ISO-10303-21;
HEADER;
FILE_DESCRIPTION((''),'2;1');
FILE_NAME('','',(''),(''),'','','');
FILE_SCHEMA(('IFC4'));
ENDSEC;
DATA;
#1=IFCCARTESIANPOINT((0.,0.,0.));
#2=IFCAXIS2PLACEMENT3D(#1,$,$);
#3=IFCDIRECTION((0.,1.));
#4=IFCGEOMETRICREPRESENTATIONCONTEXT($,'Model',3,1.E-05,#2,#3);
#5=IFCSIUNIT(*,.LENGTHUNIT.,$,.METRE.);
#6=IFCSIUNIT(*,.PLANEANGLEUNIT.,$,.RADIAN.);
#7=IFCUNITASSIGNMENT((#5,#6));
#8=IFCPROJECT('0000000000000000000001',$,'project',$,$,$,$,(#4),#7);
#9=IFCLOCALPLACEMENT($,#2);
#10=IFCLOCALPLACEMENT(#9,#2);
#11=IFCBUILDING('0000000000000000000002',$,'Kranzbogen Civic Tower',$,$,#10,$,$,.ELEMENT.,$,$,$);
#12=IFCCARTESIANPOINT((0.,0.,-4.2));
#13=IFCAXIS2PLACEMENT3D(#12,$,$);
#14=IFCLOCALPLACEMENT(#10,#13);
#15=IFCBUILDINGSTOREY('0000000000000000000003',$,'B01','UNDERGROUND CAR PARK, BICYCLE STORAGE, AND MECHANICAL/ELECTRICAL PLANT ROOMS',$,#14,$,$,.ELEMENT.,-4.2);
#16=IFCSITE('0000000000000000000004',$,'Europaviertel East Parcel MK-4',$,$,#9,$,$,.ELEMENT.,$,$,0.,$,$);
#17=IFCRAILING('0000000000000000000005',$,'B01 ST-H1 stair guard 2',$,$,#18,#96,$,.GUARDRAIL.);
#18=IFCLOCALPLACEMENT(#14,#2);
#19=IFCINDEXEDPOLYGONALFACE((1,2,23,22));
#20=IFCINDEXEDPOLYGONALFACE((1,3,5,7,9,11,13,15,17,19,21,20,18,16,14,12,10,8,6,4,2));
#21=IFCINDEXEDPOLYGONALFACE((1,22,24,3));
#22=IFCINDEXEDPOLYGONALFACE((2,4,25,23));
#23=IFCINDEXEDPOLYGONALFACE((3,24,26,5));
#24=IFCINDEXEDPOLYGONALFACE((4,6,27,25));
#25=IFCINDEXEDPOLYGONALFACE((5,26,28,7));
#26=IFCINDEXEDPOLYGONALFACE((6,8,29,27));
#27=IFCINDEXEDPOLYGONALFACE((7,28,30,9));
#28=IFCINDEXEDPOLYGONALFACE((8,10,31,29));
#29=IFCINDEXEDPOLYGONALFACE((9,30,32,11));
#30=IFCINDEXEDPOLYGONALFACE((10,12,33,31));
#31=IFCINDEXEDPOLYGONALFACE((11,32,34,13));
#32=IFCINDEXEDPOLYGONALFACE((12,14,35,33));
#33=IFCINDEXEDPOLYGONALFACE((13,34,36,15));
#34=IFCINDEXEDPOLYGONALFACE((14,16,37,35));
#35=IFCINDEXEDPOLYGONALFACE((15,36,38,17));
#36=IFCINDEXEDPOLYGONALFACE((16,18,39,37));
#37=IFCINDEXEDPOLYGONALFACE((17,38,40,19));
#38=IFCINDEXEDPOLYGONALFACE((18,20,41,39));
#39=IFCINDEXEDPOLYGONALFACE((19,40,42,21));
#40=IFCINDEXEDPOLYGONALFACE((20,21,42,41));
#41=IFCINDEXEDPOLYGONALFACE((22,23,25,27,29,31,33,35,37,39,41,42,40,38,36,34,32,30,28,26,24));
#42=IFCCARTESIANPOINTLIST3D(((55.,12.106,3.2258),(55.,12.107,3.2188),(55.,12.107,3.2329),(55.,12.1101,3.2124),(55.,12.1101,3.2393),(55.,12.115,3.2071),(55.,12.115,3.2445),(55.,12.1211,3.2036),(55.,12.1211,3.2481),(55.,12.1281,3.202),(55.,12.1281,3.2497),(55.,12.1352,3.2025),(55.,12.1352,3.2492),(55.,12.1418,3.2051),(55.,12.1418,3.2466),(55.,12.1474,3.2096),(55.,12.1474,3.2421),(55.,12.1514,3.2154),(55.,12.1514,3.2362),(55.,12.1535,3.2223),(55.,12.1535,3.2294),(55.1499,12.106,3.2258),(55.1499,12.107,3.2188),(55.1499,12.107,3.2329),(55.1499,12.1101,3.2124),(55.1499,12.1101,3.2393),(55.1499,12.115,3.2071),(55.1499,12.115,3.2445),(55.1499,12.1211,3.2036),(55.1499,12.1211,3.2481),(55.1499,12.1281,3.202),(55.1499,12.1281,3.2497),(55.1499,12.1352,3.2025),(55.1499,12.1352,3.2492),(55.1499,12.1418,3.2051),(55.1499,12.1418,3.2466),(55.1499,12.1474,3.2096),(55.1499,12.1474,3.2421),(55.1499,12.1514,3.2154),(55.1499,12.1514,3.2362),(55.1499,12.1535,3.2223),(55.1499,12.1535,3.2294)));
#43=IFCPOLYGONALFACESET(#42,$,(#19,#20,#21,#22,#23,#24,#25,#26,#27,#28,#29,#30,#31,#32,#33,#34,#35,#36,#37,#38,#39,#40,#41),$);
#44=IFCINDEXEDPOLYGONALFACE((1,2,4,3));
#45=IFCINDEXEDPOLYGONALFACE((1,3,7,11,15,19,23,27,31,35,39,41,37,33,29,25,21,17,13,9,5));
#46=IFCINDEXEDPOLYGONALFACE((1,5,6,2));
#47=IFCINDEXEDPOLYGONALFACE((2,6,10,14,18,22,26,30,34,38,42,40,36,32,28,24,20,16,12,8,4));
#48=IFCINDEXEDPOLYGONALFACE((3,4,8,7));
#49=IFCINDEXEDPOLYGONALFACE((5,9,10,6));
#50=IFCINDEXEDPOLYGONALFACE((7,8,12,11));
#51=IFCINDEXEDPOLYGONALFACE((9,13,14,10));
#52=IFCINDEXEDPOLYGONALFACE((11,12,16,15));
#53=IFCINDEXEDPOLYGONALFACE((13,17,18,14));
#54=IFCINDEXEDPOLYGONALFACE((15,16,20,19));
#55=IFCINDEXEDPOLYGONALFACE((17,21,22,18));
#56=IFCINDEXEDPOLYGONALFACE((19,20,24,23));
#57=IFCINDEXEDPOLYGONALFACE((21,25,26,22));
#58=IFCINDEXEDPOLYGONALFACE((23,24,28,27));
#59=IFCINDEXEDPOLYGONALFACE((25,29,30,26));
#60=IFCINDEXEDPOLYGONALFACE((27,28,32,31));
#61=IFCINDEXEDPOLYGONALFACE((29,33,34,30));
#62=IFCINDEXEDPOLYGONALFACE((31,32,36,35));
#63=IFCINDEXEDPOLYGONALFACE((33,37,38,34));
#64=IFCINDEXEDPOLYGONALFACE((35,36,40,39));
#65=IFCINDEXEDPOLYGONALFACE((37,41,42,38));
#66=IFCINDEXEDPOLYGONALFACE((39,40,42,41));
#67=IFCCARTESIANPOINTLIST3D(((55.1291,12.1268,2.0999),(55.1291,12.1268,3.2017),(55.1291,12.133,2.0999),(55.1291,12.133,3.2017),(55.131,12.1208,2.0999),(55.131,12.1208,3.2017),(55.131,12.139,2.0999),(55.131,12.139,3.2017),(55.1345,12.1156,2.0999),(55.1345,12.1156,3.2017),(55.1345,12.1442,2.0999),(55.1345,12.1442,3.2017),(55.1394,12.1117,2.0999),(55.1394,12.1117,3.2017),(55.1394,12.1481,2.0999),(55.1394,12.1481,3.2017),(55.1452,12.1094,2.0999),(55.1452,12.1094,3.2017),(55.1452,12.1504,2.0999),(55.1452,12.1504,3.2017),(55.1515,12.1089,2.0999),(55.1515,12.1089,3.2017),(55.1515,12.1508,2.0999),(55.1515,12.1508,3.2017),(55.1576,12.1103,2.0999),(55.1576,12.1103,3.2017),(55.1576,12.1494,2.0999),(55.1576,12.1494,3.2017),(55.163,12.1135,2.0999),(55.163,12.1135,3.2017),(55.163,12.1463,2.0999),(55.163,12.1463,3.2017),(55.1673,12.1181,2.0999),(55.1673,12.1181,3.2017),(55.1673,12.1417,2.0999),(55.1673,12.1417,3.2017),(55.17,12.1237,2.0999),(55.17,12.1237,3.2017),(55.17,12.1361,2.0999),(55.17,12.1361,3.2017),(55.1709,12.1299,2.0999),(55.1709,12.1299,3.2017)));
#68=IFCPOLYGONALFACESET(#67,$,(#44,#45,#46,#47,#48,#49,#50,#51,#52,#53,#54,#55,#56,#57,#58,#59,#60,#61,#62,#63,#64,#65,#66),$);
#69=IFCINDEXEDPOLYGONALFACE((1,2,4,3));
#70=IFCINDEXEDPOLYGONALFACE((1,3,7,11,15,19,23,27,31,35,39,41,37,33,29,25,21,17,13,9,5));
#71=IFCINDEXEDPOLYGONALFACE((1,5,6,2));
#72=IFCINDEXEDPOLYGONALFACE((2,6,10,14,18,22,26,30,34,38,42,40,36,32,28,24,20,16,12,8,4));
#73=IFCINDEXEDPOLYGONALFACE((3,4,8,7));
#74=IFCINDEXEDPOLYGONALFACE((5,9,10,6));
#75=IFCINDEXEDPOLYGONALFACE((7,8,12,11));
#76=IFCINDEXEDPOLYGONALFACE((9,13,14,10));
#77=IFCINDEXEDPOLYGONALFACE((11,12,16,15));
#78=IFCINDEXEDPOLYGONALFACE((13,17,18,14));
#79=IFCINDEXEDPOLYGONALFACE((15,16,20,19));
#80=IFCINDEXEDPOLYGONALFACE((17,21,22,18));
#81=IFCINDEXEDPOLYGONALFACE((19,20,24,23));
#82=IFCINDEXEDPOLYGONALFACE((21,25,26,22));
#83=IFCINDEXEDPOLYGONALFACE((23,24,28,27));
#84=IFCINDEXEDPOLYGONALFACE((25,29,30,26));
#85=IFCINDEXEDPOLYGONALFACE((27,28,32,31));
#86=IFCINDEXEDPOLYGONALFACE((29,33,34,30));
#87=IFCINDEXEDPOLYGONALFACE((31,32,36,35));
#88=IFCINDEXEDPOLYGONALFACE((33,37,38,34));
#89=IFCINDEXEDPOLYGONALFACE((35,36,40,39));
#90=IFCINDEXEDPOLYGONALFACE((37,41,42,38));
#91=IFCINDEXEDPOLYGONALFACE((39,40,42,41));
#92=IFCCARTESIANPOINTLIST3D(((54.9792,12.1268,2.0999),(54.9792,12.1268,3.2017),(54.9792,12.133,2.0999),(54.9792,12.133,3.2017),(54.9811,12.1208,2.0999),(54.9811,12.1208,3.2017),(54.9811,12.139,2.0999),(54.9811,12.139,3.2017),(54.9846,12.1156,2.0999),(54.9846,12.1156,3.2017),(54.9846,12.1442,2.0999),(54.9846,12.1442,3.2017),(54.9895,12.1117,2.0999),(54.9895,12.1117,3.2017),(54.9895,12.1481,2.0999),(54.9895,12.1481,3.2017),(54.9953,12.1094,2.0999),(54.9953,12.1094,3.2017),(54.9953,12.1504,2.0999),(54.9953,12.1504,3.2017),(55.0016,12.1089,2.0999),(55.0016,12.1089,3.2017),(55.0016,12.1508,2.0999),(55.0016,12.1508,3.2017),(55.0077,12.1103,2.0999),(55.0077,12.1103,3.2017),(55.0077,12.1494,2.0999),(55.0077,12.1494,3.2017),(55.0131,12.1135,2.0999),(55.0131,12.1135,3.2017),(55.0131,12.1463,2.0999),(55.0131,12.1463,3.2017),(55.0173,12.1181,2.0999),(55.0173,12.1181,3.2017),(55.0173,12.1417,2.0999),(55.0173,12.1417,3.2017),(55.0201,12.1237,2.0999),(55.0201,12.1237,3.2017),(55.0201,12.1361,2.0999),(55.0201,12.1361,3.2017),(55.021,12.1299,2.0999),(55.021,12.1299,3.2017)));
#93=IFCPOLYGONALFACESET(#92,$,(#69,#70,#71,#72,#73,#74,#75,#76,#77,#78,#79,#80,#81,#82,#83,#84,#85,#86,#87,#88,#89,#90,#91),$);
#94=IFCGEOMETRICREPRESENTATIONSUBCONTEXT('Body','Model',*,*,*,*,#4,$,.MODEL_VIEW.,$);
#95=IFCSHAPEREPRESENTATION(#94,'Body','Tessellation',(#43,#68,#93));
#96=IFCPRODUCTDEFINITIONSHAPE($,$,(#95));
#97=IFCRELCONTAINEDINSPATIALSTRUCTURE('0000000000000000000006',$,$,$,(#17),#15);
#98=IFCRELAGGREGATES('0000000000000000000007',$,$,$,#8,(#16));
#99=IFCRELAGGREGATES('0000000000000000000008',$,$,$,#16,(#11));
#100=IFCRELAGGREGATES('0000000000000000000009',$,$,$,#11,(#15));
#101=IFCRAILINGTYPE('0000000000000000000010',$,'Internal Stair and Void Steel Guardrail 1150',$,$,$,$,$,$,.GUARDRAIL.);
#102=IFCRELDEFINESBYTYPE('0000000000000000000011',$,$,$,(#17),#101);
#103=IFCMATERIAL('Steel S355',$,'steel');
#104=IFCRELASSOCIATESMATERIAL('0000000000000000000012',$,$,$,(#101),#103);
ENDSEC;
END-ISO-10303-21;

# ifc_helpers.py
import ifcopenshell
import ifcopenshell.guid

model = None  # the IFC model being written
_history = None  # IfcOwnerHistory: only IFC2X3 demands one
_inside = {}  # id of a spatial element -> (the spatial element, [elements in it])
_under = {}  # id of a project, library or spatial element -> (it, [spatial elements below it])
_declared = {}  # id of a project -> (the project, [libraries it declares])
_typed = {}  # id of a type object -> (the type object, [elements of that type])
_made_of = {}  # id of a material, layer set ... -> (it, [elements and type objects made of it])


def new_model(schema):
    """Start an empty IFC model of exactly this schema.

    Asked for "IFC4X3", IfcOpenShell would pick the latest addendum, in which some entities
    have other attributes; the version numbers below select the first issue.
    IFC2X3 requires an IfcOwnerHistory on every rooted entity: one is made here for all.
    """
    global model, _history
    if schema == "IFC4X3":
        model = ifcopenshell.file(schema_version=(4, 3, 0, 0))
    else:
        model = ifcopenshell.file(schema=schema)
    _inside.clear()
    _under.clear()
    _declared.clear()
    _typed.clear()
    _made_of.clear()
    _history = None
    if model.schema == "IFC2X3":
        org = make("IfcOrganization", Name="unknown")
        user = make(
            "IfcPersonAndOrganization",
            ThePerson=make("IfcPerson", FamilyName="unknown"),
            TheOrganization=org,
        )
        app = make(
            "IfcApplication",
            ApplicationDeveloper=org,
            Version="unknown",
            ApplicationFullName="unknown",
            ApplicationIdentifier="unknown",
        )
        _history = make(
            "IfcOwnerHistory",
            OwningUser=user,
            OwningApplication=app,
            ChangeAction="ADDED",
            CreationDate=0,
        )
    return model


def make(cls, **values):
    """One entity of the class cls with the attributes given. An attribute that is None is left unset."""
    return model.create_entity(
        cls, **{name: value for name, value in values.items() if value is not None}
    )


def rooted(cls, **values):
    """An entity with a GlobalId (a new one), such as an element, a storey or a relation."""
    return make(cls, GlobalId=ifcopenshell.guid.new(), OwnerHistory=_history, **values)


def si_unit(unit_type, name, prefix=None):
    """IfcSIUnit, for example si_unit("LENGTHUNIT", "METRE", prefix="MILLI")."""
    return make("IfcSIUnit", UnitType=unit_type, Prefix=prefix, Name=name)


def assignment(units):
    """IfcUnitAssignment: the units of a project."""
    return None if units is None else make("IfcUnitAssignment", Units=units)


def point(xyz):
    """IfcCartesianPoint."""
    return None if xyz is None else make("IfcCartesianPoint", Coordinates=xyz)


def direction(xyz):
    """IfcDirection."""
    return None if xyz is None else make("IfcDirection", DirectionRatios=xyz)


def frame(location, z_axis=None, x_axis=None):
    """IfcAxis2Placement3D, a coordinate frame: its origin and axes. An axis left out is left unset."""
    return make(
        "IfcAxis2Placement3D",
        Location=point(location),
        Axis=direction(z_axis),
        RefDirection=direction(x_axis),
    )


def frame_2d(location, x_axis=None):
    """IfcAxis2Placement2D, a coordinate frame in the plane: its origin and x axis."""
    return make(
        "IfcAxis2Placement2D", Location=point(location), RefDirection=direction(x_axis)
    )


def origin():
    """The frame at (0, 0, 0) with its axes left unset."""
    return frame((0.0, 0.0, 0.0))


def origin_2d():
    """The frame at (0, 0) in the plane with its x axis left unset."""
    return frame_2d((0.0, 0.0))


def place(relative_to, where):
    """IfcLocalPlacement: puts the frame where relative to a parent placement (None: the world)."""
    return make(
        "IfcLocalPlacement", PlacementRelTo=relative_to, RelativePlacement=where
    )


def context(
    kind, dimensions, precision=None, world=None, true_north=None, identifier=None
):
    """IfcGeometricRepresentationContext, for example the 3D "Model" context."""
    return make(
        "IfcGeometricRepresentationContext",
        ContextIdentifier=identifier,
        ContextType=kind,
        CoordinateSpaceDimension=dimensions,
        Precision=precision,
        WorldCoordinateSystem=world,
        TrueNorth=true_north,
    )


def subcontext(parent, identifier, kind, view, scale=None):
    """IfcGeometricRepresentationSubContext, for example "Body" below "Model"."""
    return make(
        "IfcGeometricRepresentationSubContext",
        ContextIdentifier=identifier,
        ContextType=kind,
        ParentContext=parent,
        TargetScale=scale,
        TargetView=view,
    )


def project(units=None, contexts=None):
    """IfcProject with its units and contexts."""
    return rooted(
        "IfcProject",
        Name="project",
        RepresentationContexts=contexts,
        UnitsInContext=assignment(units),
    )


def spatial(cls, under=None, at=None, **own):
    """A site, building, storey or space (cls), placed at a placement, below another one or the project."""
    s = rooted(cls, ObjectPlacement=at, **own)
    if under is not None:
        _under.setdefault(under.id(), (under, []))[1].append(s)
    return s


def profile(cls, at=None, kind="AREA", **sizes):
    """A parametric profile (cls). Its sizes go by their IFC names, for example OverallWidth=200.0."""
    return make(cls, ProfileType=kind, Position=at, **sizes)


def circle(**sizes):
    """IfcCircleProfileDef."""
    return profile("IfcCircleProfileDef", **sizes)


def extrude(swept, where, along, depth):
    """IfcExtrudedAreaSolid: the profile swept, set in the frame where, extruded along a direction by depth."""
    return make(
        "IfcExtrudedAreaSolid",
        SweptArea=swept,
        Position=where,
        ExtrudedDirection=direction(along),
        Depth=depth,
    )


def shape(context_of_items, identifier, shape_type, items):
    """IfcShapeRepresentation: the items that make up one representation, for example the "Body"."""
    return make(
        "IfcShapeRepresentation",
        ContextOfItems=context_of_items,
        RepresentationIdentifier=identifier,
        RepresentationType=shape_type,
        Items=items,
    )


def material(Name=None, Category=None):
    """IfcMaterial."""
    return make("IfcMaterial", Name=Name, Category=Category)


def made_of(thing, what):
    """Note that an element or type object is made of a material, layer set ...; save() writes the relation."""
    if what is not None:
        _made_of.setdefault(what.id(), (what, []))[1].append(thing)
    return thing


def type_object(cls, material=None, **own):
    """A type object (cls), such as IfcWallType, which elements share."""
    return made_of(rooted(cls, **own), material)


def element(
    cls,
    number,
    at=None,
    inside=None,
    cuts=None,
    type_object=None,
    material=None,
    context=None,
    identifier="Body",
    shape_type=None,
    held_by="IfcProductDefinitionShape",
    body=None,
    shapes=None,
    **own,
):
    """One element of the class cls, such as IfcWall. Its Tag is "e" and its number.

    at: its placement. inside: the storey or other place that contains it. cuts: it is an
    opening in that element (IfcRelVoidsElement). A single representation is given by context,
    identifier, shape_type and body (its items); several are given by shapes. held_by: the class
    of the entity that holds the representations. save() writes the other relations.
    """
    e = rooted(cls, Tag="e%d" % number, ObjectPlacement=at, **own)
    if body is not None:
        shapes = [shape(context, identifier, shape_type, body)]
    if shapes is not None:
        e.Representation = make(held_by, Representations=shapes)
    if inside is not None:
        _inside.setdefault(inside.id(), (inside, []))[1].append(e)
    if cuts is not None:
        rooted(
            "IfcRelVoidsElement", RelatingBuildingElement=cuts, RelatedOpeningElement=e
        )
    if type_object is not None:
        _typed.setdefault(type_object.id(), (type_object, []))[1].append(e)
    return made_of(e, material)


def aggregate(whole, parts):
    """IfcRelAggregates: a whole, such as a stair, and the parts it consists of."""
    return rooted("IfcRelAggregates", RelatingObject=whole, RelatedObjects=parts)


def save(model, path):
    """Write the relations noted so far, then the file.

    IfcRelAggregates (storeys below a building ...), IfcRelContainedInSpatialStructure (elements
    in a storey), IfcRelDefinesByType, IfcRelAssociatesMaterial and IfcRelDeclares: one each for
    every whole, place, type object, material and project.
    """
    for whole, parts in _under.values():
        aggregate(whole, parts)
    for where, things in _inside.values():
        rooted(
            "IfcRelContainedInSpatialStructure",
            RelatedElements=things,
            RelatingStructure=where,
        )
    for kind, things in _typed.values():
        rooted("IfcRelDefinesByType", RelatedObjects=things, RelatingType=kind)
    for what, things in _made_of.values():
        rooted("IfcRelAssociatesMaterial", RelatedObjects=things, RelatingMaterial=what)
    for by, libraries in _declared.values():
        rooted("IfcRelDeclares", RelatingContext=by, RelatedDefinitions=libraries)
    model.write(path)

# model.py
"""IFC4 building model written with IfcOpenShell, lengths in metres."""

from ifc_helpers import new_model, si_unit, direction, frame, origin, origin_2d, place, context, subcontext, project, spatial, circle, extrude, material, type_object, element, save


model = new_model("IFC4")

# Units and contexts
model_context = context("Model", 3, precision=1e-05, world=origin(), true_north=direction((0.0, 1.0)))
body_context = subcontext(model_context, "Body", "Model", "MODEL_VIEW")
ifc_project = project(units=[si_unit("LENGTHUNIT", "METRE"), si_unit("PLANEANGLEUNIT", "RADIAN")], contexts=[model_context])

# Site, building, storey
site_placement = place(None, origin())
site = spatial("IfcSite", under=ifc_project, at=site_placement, Name="Europaviertel East Parcel MK-4", CompositionType="ELEMENT", RefElevation=0.0)
building_placement = place(site_placement, origin())
building = spatial("IfcBuilding", under=site, at=building_placement, Name="Kranzbogen Civic Tower", CompositionType="ELEMENT")
storey_placement = place(building_placement, frame((0.0, 0.0, -4.2)))
storey = spatial("IfcBuildingStorey", under=building, at=storey_placement, Name="B01", Description="UNDERGROUND CAR PARK, BICYCLE STORAGE, AND MECHANICAL/ELECTRICAL PLANT ROOMS", CompositionType="ELEMENT", Elevation=-4.2)

# Shared definitions
ifc_material_1 = material(Name="Steel S355", Category="steel")

# Railing
railing_type_1 = type_object("IfcRailingType", Name="Internal Stair and Void Steel Guardrail 1150", PredefinedType="GUARDRAIL", material=ifc_material_1)
railing_1_placement = place(storey_placement, frame((55.1499, 12.1299, 2.0999)))
element("IfcRailing", 1, at=railing_1_placement, inside=storey, type_object=railing_type_1, Name="B01 ST-H1 stair guard 2", PredefinedType="GUARDRAIL", context=body_context, shape_type="SweptSolid", body=[
    extrude(circle(Radius=0.0239, at=origin_2d()), frame((0.0, 0.0, 1.126), z_axis=(-1.0, 0.0, 0.0), x_axis=(0.0, -1.0, 0.0)), (0.0, 0.0, 1.0), 0.1499),
    extrude(circle(Radius=0.021, at=origin_2d()), origin(), (0.0, 0.0, 1.0), 1.1018),
    extrude(circle(Radius=0.021, at=origin_2d()), frame((-0.1499, 0.0, 0.0)), (0.0, 0.0, 1.0), 1.1018),
])

save(model, "model.ifc")
